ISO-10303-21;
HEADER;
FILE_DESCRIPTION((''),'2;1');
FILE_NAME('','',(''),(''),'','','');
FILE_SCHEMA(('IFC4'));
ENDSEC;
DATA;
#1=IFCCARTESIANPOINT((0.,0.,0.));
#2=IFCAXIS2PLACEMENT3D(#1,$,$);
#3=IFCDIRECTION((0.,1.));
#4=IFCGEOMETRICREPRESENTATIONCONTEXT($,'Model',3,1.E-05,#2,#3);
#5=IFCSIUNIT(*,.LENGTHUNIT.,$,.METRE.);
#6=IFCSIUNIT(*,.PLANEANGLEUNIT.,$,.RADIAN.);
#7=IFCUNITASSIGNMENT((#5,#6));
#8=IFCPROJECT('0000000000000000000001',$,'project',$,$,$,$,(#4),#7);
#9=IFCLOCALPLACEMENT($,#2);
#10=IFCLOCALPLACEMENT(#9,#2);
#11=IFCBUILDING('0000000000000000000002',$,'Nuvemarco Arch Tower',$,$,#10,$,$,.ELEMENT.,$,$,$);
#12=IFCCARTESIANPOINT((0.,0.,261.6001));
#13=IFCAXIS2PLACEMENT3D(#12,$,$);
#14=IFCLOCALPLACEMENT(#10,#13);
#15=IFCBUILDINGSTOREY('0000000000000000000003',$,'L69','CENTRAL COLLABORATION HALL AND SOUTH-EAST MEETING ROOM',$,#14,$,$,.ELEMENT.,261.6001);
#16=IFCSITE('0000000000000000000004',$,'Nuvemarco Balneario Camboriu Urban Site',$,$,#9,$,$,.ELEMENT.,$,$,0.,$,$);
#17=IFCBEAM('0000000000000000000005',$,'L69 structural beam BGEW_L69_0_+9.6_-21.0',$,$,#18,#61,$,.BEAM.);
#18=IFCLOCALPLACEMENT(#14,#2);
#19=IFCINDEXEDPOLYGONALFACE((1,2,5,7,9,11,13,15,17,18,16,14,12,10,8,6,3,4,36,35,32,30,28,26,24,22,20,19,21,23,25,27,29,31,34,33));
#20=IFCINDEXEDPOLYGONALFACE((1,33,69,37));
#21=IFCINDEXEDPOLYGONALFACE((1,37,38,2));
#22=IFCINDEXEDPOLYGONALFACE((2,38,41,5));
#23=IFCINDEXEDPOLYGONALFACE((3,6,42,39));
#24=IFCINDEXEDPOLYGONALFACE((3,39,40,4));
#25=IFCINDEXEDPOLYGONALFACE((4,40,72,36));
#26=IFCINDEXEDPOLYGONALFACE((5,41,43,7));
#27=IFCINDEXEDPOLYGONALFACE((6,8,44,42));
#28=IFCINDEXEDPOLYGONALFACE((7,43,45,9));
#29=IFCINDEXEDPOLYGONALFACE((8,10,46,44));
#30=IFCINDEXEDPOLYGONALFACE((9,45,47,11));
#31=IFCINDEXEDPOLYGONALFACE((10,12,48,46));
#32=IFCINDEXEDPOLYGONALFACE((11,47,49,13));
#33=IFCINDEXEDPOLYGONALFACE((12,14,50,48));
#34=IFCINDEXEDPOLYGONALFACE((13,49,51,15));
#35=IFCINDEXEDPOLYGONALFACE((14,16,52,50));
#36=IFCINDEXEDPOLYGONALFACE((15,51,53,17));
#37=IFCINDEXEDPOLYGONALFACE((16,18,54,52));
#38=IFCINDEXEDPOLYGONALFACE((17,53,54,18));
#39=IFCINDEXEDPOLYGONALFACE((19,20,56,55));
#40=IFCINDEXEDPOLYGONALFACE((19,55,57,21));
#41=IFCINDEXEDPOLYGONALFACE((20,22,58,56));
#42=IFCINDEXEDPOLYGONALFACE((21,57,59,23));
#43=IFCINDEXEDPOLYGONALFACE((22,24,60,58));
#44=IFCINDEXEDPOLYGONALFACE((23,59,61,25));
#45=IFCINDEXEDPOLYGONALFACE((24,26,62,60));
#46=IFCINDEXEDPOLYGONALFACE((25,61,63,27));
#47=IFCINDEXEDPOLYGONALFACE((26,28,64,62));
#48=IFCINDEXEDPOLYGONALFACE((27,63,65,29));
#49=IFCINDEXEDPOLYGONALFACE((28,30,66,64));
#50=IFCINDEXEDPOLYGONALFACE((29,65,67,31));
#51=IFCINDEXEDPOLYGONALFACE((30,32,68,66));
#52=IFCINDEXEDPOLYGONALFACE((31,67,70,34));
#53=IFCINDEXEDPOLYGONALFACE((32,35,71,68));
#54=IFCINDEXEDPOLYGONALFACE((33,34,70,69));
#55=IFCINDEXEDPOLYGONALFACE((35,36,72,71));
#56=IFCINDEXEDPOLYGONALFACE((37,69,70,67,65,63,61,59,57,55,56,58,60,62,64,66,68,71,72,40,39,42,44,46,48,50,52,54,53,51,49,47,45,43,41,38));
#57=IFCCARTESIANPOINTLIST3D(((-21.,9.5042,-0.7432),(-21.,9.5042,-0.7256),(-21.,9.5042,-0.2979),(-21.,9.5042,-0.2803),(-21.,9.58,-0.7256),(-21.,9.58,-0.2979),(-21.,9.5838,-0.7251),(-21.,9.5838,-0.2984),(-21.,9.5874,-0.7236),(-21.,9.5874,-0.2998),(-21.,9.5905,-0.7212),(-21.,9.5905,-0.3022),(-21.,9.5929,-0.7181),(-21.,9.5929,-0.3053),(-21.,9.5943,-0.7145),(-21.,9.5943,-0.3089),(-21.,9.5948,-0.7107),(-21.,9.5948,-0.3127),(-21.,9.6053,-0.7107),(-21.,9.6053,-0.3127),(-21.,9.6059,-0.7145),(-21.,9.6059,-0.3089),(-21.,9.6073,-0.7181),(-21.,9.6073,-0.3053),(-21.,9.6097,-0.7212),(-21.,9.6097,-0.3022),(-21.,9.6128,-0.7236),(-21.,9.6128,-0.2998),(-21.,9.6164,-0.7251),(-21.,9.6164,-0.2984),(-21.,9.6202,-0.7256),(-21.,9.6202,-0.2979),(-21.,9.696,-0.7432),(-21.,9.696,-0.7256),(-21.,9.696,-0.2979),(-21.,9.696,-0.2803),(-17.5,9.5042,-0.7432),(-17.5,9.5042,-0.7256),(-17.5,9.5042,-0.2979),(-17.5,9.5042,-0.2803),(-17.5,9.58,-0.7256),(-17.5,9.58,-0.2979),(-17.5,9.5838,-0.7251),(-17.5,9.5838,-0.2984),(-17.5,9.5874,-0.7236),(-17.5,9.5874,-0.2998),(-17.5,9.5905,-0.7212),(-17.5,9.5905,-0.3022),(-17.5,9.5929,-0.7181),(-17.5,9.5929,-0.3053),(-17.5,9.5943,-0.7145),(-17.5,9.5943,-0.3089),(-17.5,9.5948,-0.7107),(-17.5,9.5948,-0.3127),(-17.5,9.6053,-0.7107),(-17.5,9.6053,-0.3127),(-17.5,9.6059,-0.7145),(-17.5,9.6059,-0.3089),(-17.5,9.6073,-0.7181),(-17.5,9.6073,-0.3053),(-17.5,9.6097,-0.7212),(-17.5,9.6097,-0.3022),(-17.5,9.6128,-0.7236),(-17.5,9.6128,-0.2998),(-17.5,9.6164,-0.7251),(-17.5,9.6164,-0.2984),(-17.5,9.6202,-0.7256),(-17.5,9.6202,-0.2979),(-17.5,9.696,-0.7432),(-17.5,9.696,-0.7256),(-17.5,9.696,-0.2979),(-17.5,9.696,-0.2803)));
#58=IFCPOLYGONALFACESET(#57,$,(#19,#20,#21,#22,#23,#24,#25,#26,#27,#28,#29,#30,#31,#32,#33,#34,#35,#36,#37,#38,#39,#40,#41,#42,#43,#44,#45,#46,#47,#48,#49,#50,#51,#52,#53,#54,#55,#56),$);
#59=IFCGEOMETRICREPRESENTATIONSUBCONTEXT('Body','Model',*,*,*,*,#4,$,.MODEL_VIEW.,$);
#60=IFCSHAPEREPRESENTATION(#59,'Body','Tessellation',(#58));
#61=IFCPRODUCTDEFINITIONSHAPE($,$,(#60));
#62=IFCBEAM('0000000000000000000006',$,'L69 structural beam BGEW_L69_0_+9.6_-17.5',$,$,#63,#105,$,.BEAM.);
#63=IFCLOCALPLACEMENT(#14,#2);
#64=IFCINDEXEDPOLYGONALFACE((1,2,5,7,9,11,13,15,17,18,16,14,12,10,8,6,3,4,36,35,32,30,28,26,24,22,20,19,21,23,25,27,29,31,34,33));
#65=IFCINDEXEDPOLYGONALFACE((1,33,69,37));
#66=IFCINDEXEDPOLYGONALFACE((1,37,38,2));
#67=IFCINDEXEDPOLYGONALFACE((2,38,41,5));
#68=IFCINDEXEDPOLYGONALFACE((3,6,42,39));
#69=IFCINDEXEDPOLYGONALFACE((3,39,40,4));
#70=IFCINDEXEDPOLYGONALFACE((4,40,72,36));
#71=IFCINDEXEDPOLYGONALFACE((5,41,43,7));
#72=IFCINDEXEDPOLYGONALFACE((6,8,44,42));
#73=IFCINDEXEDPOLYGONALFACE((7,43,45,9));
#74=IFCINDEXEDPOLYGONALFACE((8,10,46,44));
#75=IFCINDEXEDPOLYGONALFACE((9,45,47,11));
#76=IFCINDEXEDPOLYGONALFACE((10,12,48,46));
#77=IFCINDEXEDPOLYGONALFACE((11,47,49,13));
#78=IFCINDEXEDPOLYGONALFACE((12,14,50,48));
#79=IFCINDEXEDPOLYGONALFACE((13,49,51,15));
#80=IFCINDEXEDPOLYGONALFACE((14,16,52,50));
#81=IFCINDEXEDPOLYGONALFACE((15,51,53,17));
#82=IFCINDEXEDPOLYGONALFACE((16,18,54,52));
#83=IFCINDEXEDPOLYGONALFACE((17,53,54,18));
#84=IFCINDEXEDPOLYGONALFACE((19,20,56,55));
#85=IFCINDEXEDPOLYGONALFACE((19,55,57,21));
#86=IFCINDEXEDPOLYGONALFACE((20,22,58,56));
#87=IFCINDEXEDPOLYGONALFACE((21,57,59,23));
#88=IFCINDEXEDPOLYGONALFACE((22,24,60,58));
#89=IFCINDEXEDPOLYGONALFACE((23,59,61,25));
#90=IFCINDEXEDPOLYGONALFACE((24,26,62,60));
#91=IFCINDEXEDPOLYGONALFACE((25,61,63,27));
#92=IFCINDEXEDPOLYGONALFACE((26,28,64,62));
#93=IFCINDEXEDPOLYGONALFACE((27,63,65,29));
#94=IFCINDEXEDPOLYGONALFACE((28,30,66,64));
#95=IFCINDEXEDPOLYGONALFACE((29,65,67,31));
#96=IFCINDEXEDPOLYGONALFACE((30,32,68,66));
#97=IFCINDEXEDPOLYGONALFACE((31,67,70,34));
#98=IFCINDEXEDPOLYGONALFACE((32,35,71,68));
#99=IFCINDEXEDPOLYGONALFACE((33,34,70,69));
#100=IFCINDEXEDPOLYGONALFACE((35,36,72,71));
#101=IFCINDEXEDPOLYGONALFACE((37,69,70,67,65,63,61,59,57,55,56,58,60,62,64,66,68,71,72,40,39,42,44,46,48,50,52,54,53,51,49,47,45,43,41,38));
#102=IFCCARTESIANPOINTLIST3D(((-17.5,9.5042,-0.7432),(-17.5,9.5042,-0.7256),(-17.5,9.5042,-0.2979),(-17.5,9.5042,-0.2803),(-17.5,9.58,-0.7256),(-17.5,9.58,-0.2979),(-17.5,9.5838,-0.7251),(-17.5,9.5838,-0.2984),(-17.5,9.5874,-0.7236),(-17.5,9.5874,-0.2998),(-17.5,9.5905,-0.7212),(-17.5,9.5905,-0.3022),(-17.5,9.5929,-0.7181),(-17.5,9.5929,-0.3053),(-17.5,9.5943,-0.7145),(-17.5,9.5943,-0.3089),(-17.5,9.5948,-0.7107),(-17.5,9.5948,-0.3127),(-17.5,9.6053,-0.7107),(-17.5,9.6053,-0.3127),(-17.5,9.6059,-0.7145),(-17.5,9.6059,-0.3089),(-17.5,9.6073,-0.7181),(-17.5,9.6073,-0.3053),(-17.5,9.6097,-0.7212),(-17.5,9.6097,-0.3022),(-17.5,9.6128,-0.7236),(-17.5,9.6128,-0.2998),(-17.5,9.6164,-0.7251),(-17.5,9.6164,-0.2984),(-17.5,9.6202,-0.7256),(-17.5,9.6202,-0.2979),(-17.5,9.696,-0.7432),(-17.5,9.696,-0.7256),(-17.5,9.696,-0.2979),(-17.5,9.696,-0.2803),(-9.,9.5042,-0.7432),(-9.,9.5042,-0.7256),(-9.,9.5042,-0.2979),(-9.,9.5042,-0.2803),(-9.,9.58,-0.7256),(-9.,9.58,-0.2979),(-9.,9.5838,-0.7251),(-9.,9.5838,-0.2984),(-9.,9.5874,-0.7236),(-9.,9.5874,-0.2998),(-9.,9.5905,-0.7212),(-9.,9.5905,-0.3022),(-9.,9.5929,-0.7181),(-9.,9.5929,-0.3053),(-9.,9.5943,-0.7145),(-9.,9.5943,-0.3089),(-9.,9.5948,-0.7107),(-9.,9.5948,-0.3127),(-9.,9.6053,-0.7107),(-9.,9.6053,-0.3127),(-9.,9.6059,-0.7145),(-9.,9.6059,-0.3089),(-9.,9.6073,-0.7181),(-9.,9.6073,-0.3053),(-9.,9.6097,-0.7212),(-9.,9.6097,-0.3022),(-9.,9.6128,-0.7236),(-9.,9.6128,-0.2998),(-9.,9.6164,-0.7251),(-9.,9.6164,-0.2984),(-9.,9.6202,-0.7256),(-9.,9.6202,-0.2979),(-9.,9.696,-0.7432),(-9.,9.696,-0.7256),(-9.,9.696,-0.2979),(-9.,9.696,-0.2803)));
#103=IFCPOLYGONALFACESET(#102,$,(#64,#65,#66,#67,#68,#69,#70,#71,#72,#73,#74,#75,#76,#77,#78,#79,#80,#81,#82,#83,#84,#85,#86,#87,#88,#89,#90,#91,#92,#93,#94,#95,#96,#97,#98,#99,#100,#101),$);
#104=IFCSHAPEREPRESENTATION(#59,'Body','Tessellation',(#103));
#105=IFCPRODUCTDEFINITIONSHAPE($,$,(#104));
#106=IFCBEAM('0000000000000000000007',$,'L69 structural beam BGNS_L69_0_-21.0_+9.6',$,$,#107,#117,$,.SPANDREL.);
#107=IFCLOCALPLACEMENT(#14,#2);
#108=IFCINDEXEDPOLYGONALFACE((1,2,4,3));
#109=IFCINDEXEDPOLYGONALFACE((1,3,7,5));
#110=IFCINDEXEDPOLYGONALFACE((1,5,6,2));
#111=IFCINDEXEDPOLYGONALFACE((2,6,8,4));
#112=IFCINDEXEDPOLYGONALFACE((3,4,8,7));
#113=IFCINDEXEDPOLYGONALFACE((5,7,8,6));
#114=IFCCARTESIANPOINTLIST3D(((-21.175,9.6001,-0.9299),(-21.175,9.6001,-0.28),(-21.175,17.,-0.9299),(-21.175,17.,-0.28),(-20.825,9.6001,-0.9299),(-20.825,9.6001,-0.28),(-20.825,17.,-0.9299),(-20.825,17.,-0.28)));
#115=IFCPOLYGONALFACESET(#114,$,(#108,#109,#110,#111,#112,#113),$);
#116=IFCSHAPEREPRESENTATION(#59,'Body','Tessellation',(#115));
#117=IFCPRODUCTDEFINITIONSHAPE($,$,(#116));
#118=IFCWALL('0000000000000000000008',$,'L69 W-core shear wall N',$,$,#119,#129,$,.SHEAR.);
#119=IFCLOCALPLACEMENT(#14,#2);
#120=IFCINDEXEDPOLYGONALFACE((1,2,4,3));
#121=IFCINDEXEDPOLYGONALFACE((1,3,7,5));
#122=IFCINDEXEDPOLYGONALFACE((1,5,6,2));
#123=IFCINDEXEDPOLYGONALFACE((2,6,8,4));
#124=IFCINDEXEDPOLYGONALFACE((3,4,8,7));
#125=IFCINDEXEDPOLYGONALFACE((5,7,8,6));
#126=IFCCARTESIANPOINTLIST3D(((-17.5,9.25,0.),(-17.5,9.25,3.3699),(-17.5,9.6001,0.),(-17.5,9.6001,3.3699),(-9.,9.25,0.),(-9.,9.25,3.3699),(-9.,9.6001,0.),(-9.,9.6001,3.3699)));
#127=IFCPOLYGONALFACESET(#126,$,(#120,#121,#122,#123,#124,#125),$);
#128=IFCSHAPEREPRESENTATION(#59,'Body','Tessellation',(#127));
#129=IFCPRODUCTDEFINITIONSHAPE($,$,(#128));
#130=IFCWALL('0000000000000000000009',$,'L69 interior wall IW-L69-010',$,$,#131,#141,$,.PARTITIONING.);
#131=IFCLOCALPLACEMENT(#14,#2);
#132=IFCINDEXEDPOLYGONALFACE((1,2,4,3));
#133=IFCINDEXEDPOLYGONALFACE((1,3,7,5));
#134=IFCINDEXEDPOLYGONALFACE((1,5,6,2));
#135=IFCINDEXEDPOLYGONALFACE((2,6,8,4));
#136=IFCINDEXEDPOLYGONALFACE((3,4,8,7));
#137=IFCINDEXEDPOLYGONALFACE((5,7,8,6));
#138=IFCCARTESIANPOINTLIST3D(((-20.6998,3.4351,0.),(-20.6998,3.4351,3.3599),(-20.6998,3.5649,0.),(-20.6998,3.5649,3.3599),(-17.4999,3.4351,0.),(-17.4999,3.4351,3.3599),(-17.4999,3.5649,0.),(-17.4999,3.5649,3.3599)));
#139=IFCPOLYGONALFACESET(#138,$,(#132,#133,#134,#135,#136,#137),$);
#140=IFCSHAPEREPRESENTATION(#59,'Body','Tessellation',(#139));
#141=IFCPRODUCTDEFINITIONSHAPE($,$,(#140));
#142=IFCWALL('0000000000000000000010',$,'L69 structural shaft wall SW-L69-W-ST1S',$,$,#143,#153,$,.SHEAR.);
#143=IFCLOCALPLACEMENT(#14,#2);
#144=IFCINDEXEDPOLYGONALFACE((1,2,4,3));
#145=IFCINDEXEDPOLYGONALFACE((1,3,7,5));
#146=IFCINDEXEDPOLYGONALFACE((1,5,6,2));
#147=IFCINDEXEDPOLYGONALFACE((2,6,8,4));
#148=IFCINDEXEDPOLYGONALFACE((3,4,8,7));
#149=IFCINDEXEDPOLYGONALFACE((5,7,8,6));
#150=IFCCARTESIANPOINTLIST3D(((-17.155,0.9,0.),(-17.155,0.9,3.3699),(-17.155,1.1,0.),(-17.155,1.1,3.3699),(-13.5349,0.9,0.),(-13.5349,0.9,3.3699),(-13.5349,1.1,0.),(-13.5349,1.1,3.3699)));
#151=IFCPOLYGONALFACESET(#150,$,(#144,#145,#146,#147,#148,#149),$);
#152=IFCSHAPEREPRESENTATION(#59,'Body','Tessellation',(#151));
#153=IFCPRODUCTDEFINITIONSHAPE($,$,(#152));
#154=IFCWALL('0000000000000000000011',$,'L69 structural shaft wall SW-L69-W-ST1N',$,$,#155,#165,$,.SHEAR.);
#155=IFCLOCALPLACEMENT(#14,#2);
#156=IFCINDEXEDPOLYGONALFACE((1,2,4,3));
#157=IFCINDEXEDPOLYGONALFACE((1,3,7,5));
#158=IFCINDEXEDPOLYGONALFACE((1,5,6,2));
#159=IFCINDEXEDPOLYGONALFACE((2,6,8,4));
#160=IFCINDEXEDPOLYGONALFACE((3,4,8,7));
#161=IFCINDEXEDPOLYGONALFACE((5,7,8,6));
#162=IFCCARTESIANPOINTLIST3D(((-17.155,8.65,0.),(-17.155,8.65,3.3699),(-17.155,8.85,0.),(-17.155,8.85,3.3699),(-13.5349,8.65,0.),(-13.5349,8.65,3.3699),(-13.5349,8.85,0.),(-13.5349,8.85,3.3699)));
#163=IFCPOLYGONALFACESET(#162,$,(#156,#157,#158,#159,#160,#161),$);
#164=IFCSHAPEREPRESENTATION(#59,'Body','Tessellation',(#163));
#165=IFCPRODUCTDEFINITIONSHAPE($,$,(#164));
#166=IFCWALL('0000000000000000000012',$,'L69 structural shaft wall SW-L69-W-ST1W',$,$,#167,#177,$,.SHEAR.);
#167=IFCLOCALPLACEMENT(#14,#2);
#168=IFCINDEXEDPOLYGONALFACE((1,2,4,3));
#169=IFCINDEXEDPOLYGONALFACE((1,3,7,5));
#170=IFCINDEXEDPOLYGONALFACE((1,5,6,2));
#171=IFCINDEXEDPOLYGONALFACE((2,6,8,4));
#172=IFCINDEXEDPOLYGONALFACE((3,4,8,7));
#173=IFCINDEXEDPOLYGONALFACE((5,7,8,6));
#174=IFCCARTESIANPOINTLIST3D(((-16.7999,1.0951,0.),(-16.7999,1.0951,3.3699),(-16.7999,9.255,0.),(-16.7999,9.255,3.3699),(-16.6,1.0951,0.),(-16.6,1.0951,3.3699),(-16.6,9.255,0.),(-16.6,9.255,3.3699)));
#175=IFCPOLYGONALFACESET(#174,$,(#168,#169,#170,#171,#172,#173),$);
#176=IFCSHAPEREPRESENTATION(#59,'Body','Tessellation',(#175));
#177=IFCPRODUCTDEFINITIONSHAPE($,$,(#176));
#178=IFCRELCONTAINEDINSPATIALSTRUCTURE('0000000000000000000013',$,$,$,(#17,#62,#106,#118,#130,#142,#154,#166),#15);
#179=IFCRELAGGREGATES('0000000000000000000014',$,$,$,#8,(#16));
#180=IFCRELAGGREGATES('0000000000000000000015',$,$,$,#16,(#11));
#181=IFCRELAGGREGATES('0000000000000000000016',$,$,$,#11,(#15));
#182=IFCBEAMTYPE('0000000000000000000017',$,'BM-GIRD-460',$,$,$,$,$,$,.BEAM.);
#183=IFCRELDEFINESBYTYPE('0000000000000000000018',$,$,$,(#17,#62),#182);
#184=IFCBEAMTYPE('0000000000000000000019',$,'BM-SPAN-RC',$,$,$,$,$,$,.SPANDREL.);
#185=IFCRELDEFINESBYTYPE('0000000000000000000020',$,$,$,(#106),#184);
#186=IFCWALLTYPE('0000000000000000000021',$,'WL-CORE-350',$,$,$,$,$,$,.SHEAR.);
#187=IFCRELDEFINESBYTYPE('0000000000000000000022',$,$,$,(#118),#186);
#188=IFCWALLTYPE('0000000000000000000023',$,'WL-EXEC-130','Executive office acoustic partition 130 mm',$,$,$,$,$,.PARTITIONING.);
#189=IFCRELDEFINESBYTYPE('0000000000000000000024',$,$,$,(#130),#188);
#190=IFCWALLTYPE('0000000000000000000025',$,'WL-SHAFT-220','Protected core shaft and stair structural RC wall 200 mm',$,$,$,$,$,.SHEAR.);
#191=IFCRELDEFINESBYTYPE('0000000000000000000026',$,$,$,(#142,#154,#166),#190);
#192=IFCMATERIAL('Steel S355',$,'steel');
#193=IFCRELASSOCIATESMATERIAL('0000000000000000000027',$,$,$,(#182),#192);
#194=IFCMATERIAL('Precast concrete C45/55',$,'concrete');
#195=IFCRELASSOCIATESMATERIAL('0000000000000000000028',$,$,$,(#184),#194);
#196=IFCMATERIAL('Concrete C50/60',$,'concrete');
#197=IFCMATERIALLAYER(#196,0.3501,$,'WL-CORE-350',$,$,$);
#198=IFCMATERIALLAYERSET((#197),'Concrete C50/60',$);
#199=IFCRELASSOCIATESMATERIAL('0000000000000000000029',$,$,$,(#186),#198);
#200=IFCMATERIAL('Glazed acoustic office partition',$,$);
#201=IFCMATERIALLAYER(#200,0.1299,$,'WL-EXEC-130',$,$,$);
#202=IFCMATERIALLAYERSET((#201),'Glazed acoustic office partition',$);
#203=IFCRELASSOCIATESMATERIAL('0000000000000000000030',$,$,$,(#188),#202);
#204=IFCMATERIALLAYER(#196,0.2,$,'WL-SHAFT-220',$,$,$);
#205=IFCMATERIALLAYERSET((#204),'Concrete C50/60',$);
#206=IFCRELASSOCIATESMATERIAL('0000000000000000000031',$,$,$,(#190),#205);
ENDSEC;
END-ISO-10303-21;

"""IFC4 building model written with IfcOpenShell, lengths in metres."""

from ifc_helpers import new_model, si_unit, direction, frame, frame_2d, origin, origin_2d, place, context, subcontext, project, spatial, rectangle, i_section, extrude, material, layer, layer_set, material_profile, profile_set, type_object, element, save


model = new_model("IFC4")

# Units and contexts
model_context = context("Model", 3, precision=1e-05, world=origin(), true_north=direction((0.0, 1.0)))
body_context = subcontext(model_context, "Body", "Model", "MODEL_VIEW")
ifc_project = project(units=[si_unit("LENGTHUNIT", "METRE"), si_unit("PLANEANGLEUNIT", "RADIAN")], contexts=[model_context])

# Site, building, storey
site_placement = place(None, origin())
site = spatial("IfcSite", under=ifc_project, at=site_placement, Name="Nuvemarco Balneario Camboriu Urban Site", CompositionType="ELEMENT", RefElevation=0.0)
building_placement = place(site_placement, origin())
building = spatial("IfcBuilding", under=site, at=building_placement, Name="Nuvemarco Arch Tower", CompositionType="ELEMENT")
storey_placement = place(building_placement, frame((0.0, 0.0, 261.6001)))
storey = spatial("IfcBuildingStorey", under=building, at=storey_placement, Name="L69", Description="CENTRAL COLLABORATION HALL AND SOUTH-EAST MEETING ROOM", CompositionType="ELEMENT", Elevation=261.6001)

# Shared definitions
ifc_material_1 = material(Name="Concrete C50/60", Category="concrete")
ifc_material_2 = material(Name="Steel S355", Category="steel")

# Beams
ifc_material_profile_1 = material_profile(ifc_material_2, i_section(OverallWidth=0.1919, OverallDepth=0.4629, WebThickness=0.0105, FlangeThickness=0.0176, FilletRadius=0.0149, at=origin_2d()), Name="W460x89")
ifc_profile_set_1 = profile_set([ifc_material_profile_1], Name="Steel S355")
beam_type_1 = type_object("IfcBeamType", Name="BM-GIRD-460", PredefinedType="BEAM", material=ifc_profile_set_1)
beam_1_placement = place(storey_placement, frame((-21.0, 9.6001, -0.5117), z_axis=(1.0, 0.0, 0.0), x_axis=(0.0, 1.0, 0.0)))
element("IfcBeam", 1, at=beam_1_placement, inside=storey, type_object=beam_type_1, Name="L69 structural beam BGEW_L69_0_+9.6_-21.0", PredefinedType="BEAM", context=body_context, shape_type="SweptSolid", body=[
    extrude(i_section(OverallWidth=0.1919, OverallDepth=0.4629, WebThickness=0.0105, FlangeThickness=0.0176, FilletRadius=0.0149, at=origin_2d()), origin(), (0.0, 0.0, 1.0), 3.5),
])
beam_2_placement = place(storey_placement, frame((-17.5, 9.6001, -0.5117), z_axis=(1.0, 0.0, 0.0), x_axis=(0.0, 1.0, 0.0)))
element("IfcBeam", 2, at=beam_2_placement, inside=storey, type_object=beam_type_1, Name="L69 structural beam BGEW_L69_0_+9.6_-17.5", PredefinedType="BEAM", context=body_context, shape_type="SweptSolid", body=[
    extrude(i_section(OverallWidth=0.1919, OverallDepth=0.4629, WebThickness=0.0105, FlangeThickness=0.0176, FilletRadius=0.0149, at=origin_2d()), origin(), (0.0, 0.0, 1.0), 8.5),
])
ifc_material_3 = material(Name="Precast concrete C45/55", Category="concrete")
ifc_material_profile_2 = material_profile(ifc_material_3, rectangle(XDim=0.3501, YDim=0.6499, at=origin_2d()), Name="PC-SP-350x650")
ifc_profile_set_2 = profile_set([ifc_material_profile_2], Name="Precast concrete C45/55")
beam_type_2 = type_object("IfcBeamType", Name="BM-SPAN-RC", PredefinedType="SPANDREL", material=ifc_profile_set_2)
beam_3_placement = place(storey_placement, frame((-21.0, 9.6001, -0.605), z_axis=(0.0, 1.0, 0.0), x_axis=(-1.0, 0.0, 0.0)))
element("IfcBeam", 3, at=beam_3_placement, inside=storey, type_object=beam_type_2, Name="L69 structural beam BGNS_L69_0_-21.0_+9.6", PredefinedType="SPANDREL", context=body_context, shape_type="SweptSolid", body=[
    extrude(rectangle(XDim=0.3501, YDim=0.6499, at=origin_2d()), origin(), (0.0, 0.0, 1.0), 7.3999),
])

# Walls
ifc_layer_1 = layer(ifc_material_1, 0.3501, Name="WL-CORE-350")
ifc_layer_set_1 = layer_set([ifc_layer_1], Name="Concrete C50/60")
wall_type_1 = type_object("IfcWallType", Name="WL-CORE-350", PredefinedType="SHEAR", material=ifc_layer_set_1)
wall_1_placement = place(storey_placement, frame((-17.5, 9.425, 0.0), z_axis=(0.0, 0.0, 1.0), x_axis=(1.0, 0.0, 0.0)))
element("IfcWall", 4, at=wall_1_placement, inside=storey, type_object=wall_type_1, Name="L69 W-core shear wall N", PredefinedType="SHEAR", context=body_context, shape_type="SweptSolid", body=[
    extrude(rectangle(XDim=8.5, YDim=0.3501, at=frame_2d((4.25, 0.0))), origin(), (0.0, 0.0, 1.0), 3.3699),
])
ifc_material_4 = material(Name="Glazed acoustic office partition")
ifc_layer_2 = layer(ifc_material_4, 0.1299, Name="WL-EXEC-130")
ifc_layer_set_2 = layer_set([ifc_layer_2], Name="Glazed acoustic office partition")
wall_type_2 = type_object("IfcWallType", Name="WL-EXEC-130", Description="Executive office acoustic partition 130 mm", PredefinedType="PARTITIONING", material=ifc_layer_set_2)
wall_2_placement = place(storey_placement, frame((-20.7, 3.5, 0.0), z_axis=(0.0, 0.0, 1.0), x_axis=(1.0, 0.0, 0.0)))
element("IfcWall", 5, at=wall_2_placement, inside=storey, type_object=wall_type_2, Name="L69 interior wall IW-L69-010", PredefinedType="PARTITIONING", context=body_context, shape_type="SweptSolid", body=[
    extrude(rectangle(XDim=3.2, YDim=0.1299, at=frame_2d((1.6001, 0.0))), origin(), (0.0, 0.0, 1.0), 3.3599),
])
ifc_layer_3 = layer(ifc_material_1, 0.2, Name="WL-SHAFT-220")
ifc_layer_set_3 = layer_set([ifc_layer_3], Name="Concrete C50/60")
wall_type_3 = type_object("IfcWallType", Name="WL-SHAFT-220", Description="Protected core shaft and stair structural RC wall 200 mm", PredefinedType="SHEAR", material=ifc_layer_set_3)
for number, where, z_axis, x_axis, name in (
    (6, (-17.155, 1.0, 0.0), (0.0, 0.0, 1.0), (1.0, 0.0, 0.0), "L69 structural shaft wall SW-L69-W-ST1S"),
    (7, (-17.155, 8.75, 0.0), (0.0, 0.0, 1.0), (1.0, 0.0, 0.0), "L69 structural shaft wall SW-L69-W-ST1N"),
):
    element("IfcWall", number, at=place(storey_placement, frame(where, z_axis=z_axis, x_axis=x_axis)), inside=storey, type_object=wall_type_3, Name=name, PredefinedType="SHEAR", context=body_context, shape_type="SweptSolid", body=[
        extrude(rectangle(XDim=3.6201, YDim=0.2, at=frame_2d((1.8101, 0.0))), origin(), (0.0, 0.0, 1.0), 3.3699),
    ])
wall_3_placement = place(storey_placement, frame((-16.7, 1.095, 0.0), z_axis=(0.0, 0.0, 1.0), x_axis=(0.0, 1.0, 0.0)))
element("IfcWall", 8, at=wall_3_placement, inside=storey, type_object=wall_type_3, Name="L69 structural shaft wall SW-L69-W-ST1W", PredefinedType="SHEAR", context=body_context, shape_type="SweptSolid", body=[
    extrude(rectangle(XDim=8.1599, YDim=0.2, at=frame_2d((4.0801, 0.0))), origin(), (0.0, 0.0, 1.0), 3.3699),
])

save(model, "model.ifc")
